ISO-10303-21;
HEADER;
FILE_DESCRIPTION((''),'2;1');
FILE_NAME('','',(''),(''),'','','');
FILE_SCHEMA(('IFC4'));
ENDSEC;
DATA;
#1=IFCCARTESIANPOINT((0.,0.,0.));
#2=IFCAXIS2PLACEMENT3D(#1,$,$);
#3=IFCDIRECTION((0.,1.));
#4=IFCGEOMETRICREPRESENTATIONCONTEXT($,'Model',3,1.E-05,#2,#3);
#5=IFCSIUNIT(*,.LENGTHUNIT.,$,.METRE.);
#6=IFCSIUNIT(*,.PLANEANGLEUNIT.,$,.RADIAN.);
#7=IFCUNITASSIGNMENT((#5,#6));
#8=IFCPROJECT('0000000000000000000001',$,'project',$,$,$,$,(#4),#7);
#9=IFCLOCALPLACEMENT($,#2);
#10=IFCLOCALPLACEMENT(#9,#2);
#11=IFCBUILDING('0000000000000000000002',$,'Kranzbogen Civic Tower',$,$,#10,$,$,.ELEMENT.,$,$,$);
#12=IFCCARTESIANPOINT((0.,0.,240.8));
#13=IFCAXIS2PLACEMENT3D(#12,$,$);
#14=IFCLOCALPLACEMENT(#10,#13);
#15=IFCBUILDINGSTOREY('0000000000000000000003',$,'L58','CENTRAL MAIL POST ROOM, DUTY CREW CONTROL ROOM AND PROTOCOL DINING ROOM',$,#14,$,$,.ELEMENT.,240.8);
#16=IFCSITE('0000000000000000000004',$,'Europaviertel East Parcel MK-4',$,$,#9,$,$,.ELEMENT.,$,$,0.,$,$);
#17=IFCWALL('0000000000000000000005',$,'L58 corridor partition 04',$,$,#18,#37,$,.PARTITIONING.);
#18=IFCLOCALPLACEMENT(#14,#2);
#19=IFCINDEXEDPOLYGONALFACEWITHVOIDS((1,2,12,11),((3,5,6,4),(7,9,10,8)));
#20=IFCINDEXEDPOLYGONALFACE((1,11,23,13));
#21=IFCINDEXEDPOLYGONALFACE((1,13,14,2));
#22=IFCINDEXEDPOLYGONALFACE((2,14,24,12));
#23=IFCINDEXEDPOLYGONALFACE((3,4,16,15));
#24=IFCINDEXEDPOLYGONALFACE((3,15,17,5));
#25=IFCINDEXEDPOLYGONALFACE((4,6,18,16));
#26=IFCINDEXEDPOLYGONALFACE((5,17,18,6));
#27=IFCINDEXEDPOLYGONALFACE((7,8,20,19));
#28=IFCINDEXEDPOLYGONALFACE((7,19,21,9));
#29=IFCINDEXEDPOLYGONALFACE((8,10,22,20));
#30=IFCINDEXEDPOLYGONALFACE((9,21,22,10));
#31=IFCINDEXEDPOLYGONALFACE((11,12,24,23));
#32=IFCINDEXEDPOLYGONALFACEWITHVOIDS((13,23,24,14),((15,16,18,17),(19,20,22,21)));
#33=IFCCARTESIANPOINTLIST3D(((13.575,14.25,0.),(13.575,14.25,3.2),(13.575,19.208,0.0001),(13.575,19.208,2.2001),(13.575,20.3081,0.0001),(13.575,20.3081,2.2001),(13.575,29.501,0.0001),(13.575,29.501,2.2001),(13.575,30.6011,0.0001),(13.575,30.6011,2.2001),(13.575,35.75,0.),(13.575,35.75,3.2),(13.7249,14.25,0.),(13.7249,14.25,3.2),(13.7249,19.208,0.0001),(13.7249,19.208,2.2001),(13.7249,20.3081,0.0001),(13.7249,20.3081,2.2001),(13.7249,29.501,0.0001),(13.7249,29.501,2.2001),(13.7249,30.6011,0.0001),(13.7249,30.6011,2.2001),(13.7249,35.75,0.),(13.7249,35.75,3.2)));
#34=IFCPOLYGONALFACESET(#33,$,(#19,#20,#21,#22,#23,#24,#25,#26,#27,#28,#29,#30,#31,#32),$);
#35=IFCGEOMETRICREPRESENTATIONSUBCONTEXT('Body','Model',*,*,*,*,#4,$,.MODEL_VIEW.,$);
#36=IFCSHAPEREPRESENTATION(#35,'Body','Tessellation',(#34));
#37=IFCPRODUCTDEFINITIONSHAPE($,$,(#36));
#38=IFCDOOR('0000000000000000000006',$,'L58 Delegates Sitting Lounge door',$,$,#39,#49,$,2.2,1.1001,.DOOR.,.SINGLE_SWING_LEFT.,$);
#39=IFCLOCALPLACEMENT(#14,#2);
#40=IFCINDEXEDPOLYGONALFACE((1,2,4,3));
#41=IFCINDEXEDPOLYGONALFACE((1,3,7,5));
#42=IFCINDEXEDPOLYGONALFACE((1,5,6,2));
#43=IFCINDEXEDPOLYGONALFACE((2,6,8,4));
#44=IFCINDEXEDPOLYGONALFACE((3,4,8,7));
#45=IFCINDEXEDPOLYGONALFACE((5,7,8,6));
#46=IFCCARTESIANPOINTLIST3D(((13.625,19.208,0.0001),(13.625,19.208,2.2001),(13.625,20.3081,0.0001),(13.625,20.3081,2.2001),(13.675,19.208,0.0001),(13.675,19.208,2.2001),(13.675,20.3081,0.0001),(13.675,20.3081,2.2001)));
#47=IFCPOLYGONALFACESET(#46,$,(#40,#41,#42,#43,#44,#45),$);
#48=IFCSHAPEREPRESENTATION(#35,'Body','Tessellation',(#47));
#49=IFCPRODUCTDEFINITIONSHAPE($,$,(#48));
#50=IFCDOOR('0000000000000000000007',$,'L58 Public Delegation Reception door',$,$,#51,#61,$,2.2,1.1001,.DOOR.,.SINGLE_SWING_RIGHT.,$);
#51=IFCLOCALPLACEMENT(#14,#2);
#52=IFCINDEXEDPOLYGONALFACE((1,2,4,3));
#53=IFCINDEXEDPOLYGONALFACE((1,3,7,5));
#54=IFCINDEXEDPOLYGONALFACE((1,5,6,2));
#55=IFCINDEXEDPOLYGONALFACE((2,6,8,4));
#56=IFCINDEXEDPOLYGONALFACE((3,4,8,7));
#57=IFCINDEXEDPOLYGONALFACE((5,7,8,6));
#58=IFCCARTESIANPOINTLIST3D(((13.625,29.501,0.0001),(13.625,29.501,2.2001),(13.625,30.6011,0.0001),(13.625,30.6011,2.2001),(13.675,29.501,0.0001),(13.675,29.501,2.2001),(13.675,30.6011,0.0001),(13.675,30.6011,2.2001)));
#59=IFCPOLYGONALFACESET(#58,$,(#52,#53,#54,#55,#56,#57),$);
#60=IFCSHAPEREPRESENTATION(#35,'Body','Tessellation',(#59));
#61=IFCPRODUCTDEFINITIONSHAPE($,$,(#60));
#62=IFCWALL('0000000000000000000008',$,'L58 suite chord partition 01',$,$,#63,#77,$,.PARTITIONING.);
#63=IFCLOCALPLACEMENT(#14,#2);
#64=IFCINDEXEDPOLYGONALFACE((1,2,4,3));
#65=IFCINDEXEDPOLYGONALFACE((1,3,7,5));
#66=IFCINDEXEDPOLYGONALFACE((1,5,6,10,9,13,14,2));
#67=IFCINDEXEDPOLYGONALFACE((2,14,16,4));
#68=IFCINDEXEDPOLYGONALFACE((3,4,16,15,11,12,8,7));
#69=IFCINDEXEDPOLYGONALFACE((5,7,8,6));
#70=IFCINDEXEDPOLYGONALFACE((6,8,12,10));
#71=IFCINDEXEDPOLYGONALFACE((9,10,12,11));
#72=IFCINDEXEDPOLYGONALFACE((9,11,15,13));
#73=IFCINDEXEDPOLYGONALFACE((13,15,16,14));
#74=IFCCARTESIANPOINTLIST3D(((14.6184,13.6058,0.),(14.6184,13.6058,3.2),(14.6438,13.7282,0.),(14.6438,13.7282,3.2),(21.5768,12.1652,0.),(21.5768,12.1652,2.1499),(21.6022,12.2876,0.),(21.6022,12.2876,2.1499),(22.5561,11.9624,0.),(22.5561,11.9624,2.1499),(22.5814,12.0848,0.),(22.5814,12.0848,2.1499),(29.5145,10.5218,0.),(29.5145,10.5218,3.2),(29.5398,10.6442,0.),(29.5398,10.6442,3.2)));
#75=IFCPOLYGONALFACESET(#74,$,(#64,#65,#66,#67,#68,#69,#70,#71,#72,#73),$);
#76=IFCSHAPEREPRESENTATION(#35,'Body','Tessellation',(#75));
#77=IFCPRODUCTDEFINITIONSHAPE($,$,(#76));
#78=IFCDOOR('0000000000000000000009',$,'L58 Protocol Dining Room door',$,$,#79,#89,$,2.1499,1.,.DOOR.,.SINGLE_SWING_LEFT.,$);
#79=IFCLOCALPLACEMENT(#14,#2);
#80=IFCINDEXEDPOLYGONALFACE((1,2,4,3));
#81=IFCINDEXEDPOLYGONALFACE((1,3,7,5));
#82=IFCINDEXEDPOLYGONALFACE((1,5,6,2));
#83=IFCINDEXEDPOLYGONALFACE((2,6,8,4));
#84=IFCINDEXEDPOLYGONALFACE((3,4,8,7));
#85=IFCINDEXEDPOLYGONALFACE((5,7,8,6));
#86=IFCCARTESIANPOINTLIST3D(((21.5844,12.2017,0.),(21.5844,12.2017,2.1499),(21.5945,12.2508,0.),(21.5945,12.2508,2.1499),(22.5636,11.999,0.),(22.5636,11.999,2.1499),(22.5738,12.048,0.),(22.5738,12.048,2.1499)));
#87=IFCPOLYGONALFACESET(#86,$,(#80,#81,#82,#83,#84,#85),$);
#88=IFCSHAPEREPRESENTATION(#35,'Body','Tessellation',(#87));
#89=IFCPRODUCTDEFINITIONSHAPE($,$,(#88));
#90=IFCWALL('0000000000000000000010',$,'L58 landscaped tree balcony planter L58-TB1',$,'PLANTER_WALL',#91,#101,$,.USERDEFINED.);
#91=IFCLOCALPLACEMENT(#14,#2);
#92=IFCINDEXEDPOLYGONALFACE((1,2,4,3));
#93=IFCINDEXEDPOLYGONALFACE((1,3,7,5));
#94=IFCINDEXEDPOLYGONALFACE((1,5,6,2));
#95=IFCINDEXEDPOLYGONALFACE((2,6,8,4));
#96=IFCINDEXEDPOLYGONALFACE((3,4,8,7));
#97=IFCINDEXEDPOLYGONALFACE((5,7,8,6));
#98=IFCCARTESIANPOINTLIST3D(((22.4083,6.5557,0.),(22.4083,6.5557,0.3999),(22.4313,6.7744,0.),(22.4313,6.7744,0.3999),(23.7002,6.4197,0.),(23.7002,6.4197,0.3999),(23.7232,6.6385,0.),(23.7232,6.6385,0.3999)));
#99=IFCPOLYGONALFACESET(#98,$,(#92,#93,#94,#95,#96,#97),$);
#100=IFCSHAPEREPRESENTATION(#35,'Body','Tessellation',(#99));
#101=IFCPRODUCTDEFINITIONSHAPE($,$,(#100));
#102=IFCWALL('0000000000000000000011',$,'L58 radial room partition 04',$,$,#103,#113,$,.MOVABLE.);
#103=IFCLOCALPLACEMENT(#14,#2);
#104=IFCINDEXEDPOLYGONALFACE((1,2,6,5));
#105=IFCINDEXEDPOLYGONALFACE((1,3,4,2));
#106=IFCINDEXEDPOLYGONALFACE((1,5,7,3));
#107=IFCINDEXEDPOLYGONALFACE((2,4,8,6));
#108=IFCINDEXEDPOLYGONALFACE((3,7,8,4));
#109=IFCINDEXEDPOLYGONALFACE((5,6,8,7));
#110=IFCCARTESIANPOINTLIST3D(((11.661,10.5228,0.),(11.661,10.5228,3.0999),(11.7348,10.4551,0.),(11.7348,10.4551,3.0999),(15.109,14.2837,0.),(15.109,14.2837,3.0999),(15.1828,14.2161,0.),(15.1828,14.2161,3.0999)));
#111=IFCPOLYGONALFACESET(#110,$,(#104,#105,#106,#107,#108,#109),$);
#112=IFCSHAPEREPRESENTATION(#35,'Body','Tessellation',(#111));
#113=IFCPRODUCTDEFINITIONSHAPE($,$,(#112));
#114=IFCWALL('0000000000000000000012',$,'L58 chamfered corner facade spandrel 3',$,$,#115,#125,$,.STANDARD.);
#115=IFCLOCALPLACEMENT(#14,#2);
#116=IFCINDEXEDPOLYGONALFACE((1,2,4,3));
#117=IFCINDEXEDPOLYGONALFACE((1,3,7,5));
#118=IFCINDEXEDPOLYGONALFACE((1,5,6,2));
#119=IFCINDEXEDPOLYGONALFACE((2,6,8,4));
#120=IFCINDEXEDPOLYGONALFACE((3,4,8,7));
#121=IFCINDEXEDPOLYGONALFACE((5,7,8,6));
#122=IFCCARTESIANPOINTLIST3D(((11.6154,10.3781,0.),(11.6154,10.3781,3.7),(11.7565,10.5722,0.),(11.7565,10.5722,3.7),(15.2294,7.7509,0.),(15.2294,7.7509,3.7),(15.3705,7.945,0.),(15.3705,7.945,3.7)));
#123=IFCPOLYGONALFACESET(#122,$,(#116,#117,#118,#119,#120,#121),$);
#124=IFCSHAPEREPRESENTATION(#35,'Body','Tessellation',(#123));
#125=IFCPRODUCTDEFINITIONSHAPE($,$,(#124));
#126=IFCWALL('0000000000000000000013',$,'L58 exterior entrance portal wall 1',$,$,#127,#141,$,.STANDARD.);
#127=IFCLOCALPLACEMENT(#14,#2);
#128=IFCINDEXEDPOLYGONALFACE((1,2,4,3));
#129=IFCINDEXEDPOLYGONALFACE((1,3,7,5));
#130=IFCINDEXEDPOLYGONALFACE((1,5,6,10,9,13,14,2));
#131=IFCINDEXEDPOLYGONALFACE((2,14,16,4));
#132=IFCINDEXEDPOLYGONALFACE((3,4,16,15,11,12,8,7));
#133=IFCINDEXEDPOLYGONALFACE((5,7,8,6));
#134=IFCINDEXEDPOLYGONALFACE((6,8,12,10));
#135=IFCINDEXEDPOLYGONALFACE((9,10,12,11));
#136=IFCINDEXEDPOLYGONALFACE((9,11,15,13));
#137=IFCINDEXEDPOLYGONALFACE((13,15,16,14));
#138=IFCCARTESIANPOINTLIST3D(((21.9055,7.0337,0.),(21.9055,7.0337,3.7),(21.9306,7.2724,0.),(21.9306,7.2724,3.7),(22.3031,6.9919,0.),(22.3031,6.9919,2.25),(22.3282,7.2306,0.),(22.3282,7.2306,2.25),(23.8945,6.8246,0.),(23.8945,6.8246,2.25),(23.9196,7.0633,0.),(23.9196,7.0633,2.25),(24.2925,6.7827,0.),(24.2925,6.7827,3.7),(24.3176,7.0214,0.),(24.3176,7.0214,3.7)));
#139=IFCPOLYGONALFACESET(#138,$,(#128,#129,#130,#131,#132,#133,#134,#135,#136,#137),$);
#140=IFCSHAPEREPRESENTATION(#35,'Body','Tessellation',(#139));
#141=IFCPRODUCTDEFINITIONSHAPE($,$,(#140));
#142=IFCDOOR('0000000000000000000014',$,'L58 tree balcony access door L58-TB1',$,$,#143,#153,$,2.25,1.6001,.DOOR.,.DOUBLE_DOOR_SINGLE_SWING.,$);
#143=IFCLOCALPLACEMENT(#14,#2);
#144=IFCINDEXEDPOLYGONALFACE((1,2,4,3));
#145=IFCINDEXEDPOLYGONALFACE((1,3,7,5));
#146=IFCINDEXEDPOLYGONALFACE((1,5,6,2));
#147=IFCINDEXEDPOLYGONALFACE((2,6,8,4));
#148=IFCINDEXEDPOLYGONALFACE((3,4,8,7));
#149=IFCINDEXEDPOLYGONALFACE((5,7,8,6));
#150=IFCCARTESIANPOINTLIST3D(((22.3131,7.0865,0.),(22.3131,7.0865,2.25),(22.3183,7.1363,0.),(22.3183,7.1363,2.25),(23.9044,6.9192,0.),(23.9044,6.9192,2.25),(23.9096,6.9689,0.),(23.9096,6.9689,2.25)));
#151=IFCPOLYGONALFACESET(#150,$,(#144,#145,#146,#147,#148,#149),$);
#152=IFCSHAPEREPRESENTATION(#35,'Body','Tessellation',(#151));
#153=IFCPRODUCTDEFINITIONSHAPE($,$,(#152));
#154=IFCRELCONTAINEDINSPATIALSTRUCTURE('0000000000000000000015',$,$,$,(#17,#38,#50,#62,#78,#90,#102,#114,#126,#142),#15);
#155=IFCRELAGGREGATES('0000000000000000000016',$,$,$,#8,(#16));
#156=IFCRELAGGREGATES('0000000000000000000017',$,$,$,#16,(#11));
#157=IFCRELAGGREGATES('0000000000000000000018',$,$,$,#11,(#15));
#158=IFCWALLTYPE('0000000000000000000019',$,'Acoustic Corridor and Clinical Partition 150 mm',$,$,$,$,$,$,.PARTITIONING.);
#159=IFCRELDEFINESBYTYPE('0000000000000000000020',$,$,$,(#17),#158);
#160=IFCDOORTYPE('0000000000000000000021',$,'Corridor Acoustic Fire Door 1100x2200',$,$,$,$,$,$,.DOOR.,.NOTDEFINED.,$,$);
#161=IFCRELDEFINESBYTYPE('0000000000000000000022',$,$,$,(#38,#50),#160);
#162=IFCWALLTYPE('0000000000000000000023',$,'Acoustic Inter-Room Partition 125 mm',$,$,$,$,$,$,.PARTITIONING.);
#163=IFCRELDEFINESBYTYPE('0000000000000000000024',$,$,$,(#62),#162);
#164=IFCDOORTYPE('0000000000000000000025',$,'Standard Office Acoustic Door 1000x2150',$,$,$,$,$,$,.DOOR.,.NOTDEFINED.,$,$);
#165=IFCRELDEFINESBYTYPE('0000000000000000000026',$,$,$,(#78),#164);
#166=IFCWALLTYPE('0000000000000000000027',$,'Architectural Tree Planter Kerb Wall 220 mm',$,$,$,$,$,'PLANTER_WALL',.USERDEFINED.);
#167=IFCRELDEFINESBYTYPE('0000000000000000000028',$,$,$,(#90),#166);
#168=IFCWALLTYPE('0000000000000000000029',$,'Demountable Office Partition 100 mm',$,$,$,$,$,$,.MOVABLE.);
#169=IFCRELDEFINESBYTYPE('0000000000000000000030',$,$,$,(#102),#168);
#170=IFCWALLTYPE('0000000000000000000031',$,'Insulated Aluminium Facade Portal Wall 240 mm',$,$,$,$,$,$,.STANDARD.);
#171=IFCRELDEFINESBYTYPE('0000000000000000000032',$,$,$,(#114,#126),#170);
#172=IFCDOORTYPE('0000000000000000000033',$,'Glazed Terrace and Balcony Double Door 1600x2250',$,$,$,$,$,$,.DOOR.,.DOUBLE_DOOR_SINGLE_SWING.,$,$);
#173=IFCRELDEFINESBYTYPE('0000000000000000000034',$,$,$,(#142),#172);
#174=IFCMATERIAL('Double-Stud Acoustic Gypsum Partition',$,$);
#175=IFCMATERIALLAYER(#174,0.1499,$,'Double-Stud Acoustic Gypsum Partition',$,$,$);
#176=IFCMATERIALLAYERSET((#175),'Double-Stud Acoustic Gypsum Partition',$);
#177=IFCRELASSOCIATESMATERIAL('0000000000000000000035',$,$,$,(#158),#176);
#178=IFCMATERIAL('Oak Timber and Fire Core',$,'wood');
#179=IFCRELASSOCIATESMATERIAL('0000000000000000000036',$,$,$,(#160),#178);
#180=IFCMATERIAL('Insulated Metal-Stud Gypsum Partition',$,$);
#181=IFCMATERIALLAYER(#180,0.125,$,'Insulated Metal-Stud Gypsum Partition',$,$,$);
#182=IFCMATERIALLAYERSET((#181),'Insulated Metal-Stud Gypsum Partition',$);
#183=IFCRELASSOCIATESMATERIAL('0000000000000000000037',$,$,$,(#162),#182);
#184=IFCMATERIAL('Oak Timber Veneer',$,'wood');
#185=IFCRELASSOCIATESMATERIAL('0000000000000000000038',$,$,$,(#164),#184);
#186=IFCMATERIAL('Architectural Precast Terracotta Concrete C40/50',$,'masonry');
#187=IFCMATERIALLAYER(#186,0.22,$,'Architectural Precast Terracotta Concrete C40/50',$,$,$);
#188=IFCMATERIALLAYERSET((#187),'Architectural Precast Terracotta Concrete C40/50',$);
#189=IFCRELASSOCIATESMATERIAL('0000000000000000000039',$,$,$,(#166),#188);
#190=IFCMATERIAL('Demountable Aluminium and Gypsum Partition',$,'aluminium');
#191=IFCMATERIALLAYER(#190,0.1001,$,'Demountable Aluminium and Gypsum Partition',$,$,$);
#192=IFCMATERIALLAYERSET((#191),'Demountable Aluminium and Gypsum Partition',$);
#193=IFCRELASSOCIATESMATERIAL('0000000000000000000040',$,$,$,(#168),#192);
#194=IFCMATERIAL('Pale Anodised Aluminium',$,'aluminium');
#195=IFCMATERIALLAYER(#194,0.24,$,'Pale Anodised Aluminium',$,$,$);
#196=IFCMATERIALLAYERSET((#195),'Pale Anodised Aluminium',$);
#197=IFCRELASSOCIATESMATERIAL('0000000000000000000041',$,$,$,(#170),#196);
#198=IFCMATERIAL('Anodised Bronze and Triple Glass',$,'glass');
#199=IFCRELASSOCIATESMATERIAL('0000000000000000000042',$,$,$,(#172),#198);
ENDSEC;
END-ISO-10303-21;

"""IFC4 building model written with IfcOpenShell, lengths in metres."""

from ifc_helpers import new_model, si_unit, direction, frame, frame_2d, origin, place, context, subcontext, project, spatial, rectangle, extrude, material, layer, layer_set, type_object, element, fill, save


model = new_model("IFC4")

# Units and contexts
model_context = context("Model", 3, precision=1e-05, world=origin(), true_north=direction((0.0, 1.0)))
body_context = subcontext(model_context, "Body", "Model", "MODEL_VIEW")
ifc_project = project(units=[si_unit("LENGTHUNIT", "METRE"), si_unit("PLANEANGLEUNIT", "RADIAN")], contexts=[model_context])

# Site, building, storey
site_placement = place(None, origin())
site = spatial("IfcSite", under=ifc_project, at=site_placement, Name="Europaviertel East Parcel MK-4", CompositionType="ELEMENT", RefElevation=0.0)
building_placement = place(site_placement, origin())
building = spatial("IfcBuilding", under=site, at=building_placement, Name="Kranzbogen Civic Tower", CompositionType="ELEMENT")
storey_placement = place(building_placement, frame((0.0, 0.0, 240.8)))
storey = spatial("IfcBuildingStorey", under=building, at=storey_placement, Name="L58", Description="CENTRAL MAIL POST ROOM, DUTY CREW CONTROL ROOM AND PROTOCOL DINING ROOM", CompositionType="ELEMENT", Elevation=240.8)

# Shared definitions
ifc_material_1 = material(Name="Pale Anodised Aluminium", Category="aluminium")

# Wall, openings, doors
ifc_material_2 = material(Name="Double-Stud Acoustic Gypsum Partition")
ifc_layer_1 = layer(ifc_material_2, 0.1499, Name="Double-Stud Acoustic Gypsum Partition")
ifc_layer_set_1 = layer_set([ifc_layer_1], Name="Double-Stud Acoustic Gypsum Partition")
wall_type_1 = type_object("IfcWallType", Name="Acoustic Corridor and Clinical Partition 150 mm", PredefinedType="PARTITIONING", material=ifc_layer_set_1)
wall_1_placement = place(storey_placement, frame((13.6499, 14.25, 0.0), z_axis=(0.0, 0.0, 1.0), x_axis=(0.0, 1.0, 0.0)))
wall_1 = element("IfcWall", 1, at=wall_1_placement, inside=storey, type_object=wall_type_1, Name="L58 corridor partition 04", PredefinedType="PARTITIONING", context=body_context, shape_type="SweptSolid", body=[
    extrude(rectangle(XDim=21.5, YDim=0.1499, at=frame_2d((10.75, 0.0))), origin(), (0.0, 0.0, 1.0), 3.2),
])
opening_1_placement = place(wall_1_placement, frame((4.958, 0.0, 0.0)))
opening_1 = element("IfcOpeningElement", 2, at=opening_1_placement, cuts=wall_1, PredefinedType="OPENING", context=body_context, shape_type="SweptSolid", body=[
    extrude(rectangle(XDim=1.1001, YDim=2.2, at=frame_2d((0.55, 1.1001))), frame((0.0, 0.085, 0.0), z_axis=(0.0, -1.0, 0.0), x_axis=(1.0, 0.0, 0.0)), (0.0, 0.0, 1.0), 0.1699),
])
opening_2_placement = place(wall_1_placement, frame((15.251, 0.0, 0.0)))
opening_2 = element("IfcOpeningElement", 3, at=opening_2_placement, cuts=wall_1, PredefinedType="OPENING", context=body_context, shape_type="SweptSolid", body=[
    extrude(rectangle(XDim=1.1001, YDim=2.2, at=frame_2d((0.55, 1.1001))), frame((0.0, 0.085, 0.0), z_axis=(0.0, -1.0, 0.0), x_axis=(1.0, 0.0, 0.0)), (0.0, 0.0, 1.0), 0.1699),
])
ifc_material_3 = material(Name="Oak Timber and Fire Core", Category="wood")
door_type_1 = type_object("IfcDoorType", Name="Corridor Acoustic Fire Door 1100x2200", OperationType="NOTDEFINED", PredefinedType="DOOR", material=ifc_material_3)
door_1_placement = place(opening_1_placement, origin())
door_1 = element("IfcDoor", 4, at=door_1_placement, inside=storey, type_object=door_type_1, Name="L58 Delegates Sitting Lounge door", OperationType="SINGLE_SWING_LEFT", OverallHeight=2.2, OverallWidth=1.1001, PredefinedType="DOOR", context=body_context, shape_type="SweptSolid", body=[
    extrude(rectangle(XDim=1.1001, YDim=2.2, at=frame_2d((0.55, 1.1001))), frame((0.0, 0.0249, 0.0), z_axis=(0.0, -1.0, 0.0), x_axis=(1.0, 0.0, 0.0)), (0.0, 0.0, 1.0), 0.05),
])
fill(opening_1, door_1)
door_2_placement = place(opening_2_placement, origin())
door_2 = element("IfcDoor", 5, at=door_2_placement, inside=storey, type_object=door_type_1, Name="L58 Public Delegation Reception door", OperationType="SINGLE_SWING_RIGHT", OverallHeight=2.2, OverallWidth=1.1001, PredefinedType="DOOR", context=body_context, shape_type="SweptSolid", body=[
    extrude(rectangle(XDim=1.1001, YDim=2.2, at=frame_2d((0.55, 1.1001))), frame((0.0, 0.0249, 0.0), z_axis=(0.0, -1.0, 0.0), x_axis=(1.0, 0.0, 0.0)), (0.0, 0.0, 1.0), 0.05),
])
fill(opening_2, door_2)

# Wall, opening, door
ifc_material_4 = material(Name="Insulated Metal-Stud Gypsum Partition")
ifc_layer_2 = layer(ifc_material_4, 0.125, Name="Insulated Metal-Stud Gypsum Partition")
ifc_layer_set_2 = layer_set([ifc_layer_2], Name="Insulated Metal-Stud Gypsum Partition")
wall_type_2 = type_object("IfcWallType", Name="Acoustic Inter-Room Partition 125 mm", PredefinedType="PARTITIONING", material=ifc_layer_set_2)
wall_2_placement = place(storey_placement, frame((14.6311, 13.667, 0.0), z_axis=(0.0, 0.0, 1.0), x_axis=(0.979234, -0.202735, 0.0)))
wall_2 = element("IfcWall", 6, at=wall_2_placement, inside=storey, type_object=wall_type_2, Name="L58 suite chord partition 01", PredefinedType="PARTITIONING", context=body_context, shape_type="SweptSolid", body=[
    extrude(rectangle(XDim=15.2119, YDim=0.125, at=frame_2d((7.606, 0.0))), origin(), (0.0, 0.0, 1.0), 3.2),
])
opening_3_placement = place(wall_2_placement, frame((7.106, 0.0, 0.0)))
opening_3 = element("IfcOpeningElement", 7, at=opening_3_placement, cuts=wall_2, PredefinedType="OPENING", context=body_context, shape_type="SweptSolid", body=[
    extrude(rectangle(XDim=1.0, YDim=2.1499, at=frame_2d((0.5, 1.075))), frame((0.0, 0.0725, 0.0), z_axis=(0.0, -1.0, 0.0), x_axis=(1.0, 0.0, 0.0)), (0.0, 0.0, 1.0), 0.145),
])
ifc_material_5 = material(Name="Oak Timber Veneer", Category="wood")
door_type_2 = type_object("IfcDoorType", Name="Standard Office Acoustic Door 1000x2150", OperationType="NOTDEFINED", PredefinedType="DOOR", material=ifc_material_5)
door_3_placement = place(opening_3_placement, origin())
door_3 = element("IfcDoor", 8, at=door_3_placement, inside=storey, type_object=door_type_2, Name="L58 Protocol Dining Room door", OperationType="SINGLE_SWING_LEFT", OverallHeight=2.1499, OverallWidth=1.0, PredefinedType="DOOR", context=body_context, shape_type="SweptSolid", body=[
    extrude(rectangle(XDim=1.0, YDim=2.1499, at=frame_2d((0.5, 1.075))), frame((0.0, 0.0249, 0.0), z_axis=(0.0, -1.0, 0.0), x_axis=(1.0, 0.0, 0.0)), (0.0, 0.0, 1.0), 0.05),
])
fill(opening_3, door_3)

# Walls
ifc_material_6 = material(Name="Architectural Precast Terracotta Concrete C40/50", Category="masonry")
ifc_layer_3 = layer(ifc_material_6, 0.22, Name="Architectural Precast Terracotta Concrete C40/50")
ifc_layer_set_3 = layer_set([ifc_layer_3], Name="Architectural Precast Terracotta Concrete C40/50")
wall_type_3 = type_object("IfcWallType", Name="Architectural Tree Planter Kerb Wall 220 mm", ElementType="PLANTER_WALL", PredefinedType="USERDEFINED", material=ifc_layer_set_3)
wall_3_placement = place(storey_placement, frame((22.4199, 6.665, 0.0), z_axis=(0.0, 0.0, 1.0), x_axis=(0.994506, -0.104675, 0.0)))
element("IfcWall", 9, at=wall_3_placement, inside=storey, type_object=wall_type_3, Name="L58 landscaped tree balcony planter L58-TB1", ObjectType="PLANTER_WALL", PredefinedType="USERDEFINED", context=body_context, shape_type="SweptSolid", body=[
    extrude(rectangle(XDim=1.2991, YDim=0.22, at=frame_2d((0.6494, 0.0))), origin(), (0.0, 0.0, 1.0), 0.3999),
])
ifc_material_7 = material(Name="Demountable Aluminium and Gypsum Partition", Category="aluminium")
ifc_layer_4 = layer(ifc_material_7, 0.1001, Name="Demountable Aluminium and Gypsum Partition")
ifc_layer_set_4 = layer_set([ifc_layer_4], Name="Demountable Aluminium and Gypsum Partition")
wall_type_4 = type_object("IfcWallType", Name="Demountable Office Partition 100 mm", PredefinedType="MOVABLE", material=ifc_layer_set_4)
wall_4_placement = place(storey_placement, frame((15.146, 14.25, 0.0), z_axis=(0.0, 0.0, 1.0), x_axis=(-0.67577, -0.737112, 0.0)))
element("IfcWall", 10, at=wall_4_placement, inside=storey, type_object=wall_type_4, Name="L58 radial room partition 04", PredefinedType="MOVABLE", context=body_context, shape_type="SweptSolid", body=[
    extrude(rectangle(XDim=5.1023, YDim=0.1001, at=frame_2d((2.5513, 0.0))), origin(), (0.0, 0.0, 1.0), 3.0999),
])
ifc_layer_5 = layer(ifc_material_1, 0.24, Name="Pale Anodised Aluminium")
ifc_layer_set_5 = layer_set([ifc_layer_5], Name="Pale Anodised Aluminium")
wall_type_5 = type_object("IfcWallType", Name="Insulated Aluminium Facade Portal Wall 240 mm", PredefinedType="STANDARD", material=ifc_layer_set_5)
wall_5_placement = place(storey_placement, frame((11.686, 10.4751, 0.0), z_axis=(0.0, 0.0, 1.0), x_axis=(0.808861, -0.587999, 0.0)))
element("IfcWall", 11, at=wall_5_placement, inside=storey, type_object=wall_type_5, Name="L58 chamfered corner facade spandrel 3", PredefinedType="STANDARD", context=body_context, shape_type="SweptSolid", body=[
    extrude(rectangle(XDim=4.468, YDim=0.24, at=frame_2d((2.2339, 0.0))), origin(), (0.0, 0.0, 1.0), 3.7),
])

# Wall, opening, door
wall_6_placement = place(storey_placement, frame((21.918, 7.1531, 0.0), z_axis=(0.0, 0.0, 1.0), x_axis=(0.994518, -0.104568, 0.0)))
wall_6 = element("IfcWall", 12, at=wall_6_placement, inside=storey, type_object=wall_type_5, Name="L58 exterior entrance portal wall 1", PredefinedType="STANDARD", context=body_context, shape_type="SweptSolid", body=[
    extrude(rectangle(XDim=2.4001, YDim=0.24, at=frame_2d((1.2002, 0.0))), origin(), (0.0, 0.0, 1.0), 3.7),
])
opening_4_placement = place(wall_6_placement, frame((0.3999, 0.0, 0.0)))
opening_4 = element("IfcOpeningElement", 13, at=opening_4_placement, cuts=wall_6, PredefinedType="OPENING", context=body_context, shape_type="SweptSolid", body=[
    extrude(rectangle(XDim=1.6001, YDim=2.25, at=frame_2d((0.8, 1.125))), frame((0.0, 0.1299, 0.0), z_axis=(0.0, -1.0, 0.0), x_axis=(1.0, 0.0, 0.0)), (0.0, 0.0, 1.0), 0.26),
])
ifc_material_8 = material(Name="Anodised Bronze and Triple Glass", Category="glass")
door_type_3 = type_object("IfcDoorType", Name="Glazed Terrace and Balcony Double Door 1600x2250", OperationType="DOUBLE_DOOR_SINGLE_SWING", PredefinedType="DOOR", material=ifc_material_8)
door_4_placement = place(opening_4_placement, frame((1.6001, 0.0, 0.0), z_axis=(0.0, 0.0, 1.0), x_axis=(-1.0, 0.0, 0.0)))
door_4 = element("IfcDoor", 14, at=door_4_placement, inside=storey, type_object=door_type_3, Name="L58 tree balcony access door L58-TB1", OperationType="DOUBLE_DOOR_SINGLE_SWING", OverallHeight=2.25, OverallWidth=1.6001, PredefinedType="DOOR", context=body_context, shape_type="SweptSolid", body=[
    extrude(rectangle(XDim=1.6001, YDim=2.25, at=frame_2d((0.8, 1.125))), frame((0.0, 0.0249, 0.0), z_axis=(0.0, -1.0, 0.0), x_axis=(1.0, 0.0, 0.0)), (0.0, 0.0, 1.0), 0.05),
])
fill(opening_4, door_4)

save(model, "model.ifc")
